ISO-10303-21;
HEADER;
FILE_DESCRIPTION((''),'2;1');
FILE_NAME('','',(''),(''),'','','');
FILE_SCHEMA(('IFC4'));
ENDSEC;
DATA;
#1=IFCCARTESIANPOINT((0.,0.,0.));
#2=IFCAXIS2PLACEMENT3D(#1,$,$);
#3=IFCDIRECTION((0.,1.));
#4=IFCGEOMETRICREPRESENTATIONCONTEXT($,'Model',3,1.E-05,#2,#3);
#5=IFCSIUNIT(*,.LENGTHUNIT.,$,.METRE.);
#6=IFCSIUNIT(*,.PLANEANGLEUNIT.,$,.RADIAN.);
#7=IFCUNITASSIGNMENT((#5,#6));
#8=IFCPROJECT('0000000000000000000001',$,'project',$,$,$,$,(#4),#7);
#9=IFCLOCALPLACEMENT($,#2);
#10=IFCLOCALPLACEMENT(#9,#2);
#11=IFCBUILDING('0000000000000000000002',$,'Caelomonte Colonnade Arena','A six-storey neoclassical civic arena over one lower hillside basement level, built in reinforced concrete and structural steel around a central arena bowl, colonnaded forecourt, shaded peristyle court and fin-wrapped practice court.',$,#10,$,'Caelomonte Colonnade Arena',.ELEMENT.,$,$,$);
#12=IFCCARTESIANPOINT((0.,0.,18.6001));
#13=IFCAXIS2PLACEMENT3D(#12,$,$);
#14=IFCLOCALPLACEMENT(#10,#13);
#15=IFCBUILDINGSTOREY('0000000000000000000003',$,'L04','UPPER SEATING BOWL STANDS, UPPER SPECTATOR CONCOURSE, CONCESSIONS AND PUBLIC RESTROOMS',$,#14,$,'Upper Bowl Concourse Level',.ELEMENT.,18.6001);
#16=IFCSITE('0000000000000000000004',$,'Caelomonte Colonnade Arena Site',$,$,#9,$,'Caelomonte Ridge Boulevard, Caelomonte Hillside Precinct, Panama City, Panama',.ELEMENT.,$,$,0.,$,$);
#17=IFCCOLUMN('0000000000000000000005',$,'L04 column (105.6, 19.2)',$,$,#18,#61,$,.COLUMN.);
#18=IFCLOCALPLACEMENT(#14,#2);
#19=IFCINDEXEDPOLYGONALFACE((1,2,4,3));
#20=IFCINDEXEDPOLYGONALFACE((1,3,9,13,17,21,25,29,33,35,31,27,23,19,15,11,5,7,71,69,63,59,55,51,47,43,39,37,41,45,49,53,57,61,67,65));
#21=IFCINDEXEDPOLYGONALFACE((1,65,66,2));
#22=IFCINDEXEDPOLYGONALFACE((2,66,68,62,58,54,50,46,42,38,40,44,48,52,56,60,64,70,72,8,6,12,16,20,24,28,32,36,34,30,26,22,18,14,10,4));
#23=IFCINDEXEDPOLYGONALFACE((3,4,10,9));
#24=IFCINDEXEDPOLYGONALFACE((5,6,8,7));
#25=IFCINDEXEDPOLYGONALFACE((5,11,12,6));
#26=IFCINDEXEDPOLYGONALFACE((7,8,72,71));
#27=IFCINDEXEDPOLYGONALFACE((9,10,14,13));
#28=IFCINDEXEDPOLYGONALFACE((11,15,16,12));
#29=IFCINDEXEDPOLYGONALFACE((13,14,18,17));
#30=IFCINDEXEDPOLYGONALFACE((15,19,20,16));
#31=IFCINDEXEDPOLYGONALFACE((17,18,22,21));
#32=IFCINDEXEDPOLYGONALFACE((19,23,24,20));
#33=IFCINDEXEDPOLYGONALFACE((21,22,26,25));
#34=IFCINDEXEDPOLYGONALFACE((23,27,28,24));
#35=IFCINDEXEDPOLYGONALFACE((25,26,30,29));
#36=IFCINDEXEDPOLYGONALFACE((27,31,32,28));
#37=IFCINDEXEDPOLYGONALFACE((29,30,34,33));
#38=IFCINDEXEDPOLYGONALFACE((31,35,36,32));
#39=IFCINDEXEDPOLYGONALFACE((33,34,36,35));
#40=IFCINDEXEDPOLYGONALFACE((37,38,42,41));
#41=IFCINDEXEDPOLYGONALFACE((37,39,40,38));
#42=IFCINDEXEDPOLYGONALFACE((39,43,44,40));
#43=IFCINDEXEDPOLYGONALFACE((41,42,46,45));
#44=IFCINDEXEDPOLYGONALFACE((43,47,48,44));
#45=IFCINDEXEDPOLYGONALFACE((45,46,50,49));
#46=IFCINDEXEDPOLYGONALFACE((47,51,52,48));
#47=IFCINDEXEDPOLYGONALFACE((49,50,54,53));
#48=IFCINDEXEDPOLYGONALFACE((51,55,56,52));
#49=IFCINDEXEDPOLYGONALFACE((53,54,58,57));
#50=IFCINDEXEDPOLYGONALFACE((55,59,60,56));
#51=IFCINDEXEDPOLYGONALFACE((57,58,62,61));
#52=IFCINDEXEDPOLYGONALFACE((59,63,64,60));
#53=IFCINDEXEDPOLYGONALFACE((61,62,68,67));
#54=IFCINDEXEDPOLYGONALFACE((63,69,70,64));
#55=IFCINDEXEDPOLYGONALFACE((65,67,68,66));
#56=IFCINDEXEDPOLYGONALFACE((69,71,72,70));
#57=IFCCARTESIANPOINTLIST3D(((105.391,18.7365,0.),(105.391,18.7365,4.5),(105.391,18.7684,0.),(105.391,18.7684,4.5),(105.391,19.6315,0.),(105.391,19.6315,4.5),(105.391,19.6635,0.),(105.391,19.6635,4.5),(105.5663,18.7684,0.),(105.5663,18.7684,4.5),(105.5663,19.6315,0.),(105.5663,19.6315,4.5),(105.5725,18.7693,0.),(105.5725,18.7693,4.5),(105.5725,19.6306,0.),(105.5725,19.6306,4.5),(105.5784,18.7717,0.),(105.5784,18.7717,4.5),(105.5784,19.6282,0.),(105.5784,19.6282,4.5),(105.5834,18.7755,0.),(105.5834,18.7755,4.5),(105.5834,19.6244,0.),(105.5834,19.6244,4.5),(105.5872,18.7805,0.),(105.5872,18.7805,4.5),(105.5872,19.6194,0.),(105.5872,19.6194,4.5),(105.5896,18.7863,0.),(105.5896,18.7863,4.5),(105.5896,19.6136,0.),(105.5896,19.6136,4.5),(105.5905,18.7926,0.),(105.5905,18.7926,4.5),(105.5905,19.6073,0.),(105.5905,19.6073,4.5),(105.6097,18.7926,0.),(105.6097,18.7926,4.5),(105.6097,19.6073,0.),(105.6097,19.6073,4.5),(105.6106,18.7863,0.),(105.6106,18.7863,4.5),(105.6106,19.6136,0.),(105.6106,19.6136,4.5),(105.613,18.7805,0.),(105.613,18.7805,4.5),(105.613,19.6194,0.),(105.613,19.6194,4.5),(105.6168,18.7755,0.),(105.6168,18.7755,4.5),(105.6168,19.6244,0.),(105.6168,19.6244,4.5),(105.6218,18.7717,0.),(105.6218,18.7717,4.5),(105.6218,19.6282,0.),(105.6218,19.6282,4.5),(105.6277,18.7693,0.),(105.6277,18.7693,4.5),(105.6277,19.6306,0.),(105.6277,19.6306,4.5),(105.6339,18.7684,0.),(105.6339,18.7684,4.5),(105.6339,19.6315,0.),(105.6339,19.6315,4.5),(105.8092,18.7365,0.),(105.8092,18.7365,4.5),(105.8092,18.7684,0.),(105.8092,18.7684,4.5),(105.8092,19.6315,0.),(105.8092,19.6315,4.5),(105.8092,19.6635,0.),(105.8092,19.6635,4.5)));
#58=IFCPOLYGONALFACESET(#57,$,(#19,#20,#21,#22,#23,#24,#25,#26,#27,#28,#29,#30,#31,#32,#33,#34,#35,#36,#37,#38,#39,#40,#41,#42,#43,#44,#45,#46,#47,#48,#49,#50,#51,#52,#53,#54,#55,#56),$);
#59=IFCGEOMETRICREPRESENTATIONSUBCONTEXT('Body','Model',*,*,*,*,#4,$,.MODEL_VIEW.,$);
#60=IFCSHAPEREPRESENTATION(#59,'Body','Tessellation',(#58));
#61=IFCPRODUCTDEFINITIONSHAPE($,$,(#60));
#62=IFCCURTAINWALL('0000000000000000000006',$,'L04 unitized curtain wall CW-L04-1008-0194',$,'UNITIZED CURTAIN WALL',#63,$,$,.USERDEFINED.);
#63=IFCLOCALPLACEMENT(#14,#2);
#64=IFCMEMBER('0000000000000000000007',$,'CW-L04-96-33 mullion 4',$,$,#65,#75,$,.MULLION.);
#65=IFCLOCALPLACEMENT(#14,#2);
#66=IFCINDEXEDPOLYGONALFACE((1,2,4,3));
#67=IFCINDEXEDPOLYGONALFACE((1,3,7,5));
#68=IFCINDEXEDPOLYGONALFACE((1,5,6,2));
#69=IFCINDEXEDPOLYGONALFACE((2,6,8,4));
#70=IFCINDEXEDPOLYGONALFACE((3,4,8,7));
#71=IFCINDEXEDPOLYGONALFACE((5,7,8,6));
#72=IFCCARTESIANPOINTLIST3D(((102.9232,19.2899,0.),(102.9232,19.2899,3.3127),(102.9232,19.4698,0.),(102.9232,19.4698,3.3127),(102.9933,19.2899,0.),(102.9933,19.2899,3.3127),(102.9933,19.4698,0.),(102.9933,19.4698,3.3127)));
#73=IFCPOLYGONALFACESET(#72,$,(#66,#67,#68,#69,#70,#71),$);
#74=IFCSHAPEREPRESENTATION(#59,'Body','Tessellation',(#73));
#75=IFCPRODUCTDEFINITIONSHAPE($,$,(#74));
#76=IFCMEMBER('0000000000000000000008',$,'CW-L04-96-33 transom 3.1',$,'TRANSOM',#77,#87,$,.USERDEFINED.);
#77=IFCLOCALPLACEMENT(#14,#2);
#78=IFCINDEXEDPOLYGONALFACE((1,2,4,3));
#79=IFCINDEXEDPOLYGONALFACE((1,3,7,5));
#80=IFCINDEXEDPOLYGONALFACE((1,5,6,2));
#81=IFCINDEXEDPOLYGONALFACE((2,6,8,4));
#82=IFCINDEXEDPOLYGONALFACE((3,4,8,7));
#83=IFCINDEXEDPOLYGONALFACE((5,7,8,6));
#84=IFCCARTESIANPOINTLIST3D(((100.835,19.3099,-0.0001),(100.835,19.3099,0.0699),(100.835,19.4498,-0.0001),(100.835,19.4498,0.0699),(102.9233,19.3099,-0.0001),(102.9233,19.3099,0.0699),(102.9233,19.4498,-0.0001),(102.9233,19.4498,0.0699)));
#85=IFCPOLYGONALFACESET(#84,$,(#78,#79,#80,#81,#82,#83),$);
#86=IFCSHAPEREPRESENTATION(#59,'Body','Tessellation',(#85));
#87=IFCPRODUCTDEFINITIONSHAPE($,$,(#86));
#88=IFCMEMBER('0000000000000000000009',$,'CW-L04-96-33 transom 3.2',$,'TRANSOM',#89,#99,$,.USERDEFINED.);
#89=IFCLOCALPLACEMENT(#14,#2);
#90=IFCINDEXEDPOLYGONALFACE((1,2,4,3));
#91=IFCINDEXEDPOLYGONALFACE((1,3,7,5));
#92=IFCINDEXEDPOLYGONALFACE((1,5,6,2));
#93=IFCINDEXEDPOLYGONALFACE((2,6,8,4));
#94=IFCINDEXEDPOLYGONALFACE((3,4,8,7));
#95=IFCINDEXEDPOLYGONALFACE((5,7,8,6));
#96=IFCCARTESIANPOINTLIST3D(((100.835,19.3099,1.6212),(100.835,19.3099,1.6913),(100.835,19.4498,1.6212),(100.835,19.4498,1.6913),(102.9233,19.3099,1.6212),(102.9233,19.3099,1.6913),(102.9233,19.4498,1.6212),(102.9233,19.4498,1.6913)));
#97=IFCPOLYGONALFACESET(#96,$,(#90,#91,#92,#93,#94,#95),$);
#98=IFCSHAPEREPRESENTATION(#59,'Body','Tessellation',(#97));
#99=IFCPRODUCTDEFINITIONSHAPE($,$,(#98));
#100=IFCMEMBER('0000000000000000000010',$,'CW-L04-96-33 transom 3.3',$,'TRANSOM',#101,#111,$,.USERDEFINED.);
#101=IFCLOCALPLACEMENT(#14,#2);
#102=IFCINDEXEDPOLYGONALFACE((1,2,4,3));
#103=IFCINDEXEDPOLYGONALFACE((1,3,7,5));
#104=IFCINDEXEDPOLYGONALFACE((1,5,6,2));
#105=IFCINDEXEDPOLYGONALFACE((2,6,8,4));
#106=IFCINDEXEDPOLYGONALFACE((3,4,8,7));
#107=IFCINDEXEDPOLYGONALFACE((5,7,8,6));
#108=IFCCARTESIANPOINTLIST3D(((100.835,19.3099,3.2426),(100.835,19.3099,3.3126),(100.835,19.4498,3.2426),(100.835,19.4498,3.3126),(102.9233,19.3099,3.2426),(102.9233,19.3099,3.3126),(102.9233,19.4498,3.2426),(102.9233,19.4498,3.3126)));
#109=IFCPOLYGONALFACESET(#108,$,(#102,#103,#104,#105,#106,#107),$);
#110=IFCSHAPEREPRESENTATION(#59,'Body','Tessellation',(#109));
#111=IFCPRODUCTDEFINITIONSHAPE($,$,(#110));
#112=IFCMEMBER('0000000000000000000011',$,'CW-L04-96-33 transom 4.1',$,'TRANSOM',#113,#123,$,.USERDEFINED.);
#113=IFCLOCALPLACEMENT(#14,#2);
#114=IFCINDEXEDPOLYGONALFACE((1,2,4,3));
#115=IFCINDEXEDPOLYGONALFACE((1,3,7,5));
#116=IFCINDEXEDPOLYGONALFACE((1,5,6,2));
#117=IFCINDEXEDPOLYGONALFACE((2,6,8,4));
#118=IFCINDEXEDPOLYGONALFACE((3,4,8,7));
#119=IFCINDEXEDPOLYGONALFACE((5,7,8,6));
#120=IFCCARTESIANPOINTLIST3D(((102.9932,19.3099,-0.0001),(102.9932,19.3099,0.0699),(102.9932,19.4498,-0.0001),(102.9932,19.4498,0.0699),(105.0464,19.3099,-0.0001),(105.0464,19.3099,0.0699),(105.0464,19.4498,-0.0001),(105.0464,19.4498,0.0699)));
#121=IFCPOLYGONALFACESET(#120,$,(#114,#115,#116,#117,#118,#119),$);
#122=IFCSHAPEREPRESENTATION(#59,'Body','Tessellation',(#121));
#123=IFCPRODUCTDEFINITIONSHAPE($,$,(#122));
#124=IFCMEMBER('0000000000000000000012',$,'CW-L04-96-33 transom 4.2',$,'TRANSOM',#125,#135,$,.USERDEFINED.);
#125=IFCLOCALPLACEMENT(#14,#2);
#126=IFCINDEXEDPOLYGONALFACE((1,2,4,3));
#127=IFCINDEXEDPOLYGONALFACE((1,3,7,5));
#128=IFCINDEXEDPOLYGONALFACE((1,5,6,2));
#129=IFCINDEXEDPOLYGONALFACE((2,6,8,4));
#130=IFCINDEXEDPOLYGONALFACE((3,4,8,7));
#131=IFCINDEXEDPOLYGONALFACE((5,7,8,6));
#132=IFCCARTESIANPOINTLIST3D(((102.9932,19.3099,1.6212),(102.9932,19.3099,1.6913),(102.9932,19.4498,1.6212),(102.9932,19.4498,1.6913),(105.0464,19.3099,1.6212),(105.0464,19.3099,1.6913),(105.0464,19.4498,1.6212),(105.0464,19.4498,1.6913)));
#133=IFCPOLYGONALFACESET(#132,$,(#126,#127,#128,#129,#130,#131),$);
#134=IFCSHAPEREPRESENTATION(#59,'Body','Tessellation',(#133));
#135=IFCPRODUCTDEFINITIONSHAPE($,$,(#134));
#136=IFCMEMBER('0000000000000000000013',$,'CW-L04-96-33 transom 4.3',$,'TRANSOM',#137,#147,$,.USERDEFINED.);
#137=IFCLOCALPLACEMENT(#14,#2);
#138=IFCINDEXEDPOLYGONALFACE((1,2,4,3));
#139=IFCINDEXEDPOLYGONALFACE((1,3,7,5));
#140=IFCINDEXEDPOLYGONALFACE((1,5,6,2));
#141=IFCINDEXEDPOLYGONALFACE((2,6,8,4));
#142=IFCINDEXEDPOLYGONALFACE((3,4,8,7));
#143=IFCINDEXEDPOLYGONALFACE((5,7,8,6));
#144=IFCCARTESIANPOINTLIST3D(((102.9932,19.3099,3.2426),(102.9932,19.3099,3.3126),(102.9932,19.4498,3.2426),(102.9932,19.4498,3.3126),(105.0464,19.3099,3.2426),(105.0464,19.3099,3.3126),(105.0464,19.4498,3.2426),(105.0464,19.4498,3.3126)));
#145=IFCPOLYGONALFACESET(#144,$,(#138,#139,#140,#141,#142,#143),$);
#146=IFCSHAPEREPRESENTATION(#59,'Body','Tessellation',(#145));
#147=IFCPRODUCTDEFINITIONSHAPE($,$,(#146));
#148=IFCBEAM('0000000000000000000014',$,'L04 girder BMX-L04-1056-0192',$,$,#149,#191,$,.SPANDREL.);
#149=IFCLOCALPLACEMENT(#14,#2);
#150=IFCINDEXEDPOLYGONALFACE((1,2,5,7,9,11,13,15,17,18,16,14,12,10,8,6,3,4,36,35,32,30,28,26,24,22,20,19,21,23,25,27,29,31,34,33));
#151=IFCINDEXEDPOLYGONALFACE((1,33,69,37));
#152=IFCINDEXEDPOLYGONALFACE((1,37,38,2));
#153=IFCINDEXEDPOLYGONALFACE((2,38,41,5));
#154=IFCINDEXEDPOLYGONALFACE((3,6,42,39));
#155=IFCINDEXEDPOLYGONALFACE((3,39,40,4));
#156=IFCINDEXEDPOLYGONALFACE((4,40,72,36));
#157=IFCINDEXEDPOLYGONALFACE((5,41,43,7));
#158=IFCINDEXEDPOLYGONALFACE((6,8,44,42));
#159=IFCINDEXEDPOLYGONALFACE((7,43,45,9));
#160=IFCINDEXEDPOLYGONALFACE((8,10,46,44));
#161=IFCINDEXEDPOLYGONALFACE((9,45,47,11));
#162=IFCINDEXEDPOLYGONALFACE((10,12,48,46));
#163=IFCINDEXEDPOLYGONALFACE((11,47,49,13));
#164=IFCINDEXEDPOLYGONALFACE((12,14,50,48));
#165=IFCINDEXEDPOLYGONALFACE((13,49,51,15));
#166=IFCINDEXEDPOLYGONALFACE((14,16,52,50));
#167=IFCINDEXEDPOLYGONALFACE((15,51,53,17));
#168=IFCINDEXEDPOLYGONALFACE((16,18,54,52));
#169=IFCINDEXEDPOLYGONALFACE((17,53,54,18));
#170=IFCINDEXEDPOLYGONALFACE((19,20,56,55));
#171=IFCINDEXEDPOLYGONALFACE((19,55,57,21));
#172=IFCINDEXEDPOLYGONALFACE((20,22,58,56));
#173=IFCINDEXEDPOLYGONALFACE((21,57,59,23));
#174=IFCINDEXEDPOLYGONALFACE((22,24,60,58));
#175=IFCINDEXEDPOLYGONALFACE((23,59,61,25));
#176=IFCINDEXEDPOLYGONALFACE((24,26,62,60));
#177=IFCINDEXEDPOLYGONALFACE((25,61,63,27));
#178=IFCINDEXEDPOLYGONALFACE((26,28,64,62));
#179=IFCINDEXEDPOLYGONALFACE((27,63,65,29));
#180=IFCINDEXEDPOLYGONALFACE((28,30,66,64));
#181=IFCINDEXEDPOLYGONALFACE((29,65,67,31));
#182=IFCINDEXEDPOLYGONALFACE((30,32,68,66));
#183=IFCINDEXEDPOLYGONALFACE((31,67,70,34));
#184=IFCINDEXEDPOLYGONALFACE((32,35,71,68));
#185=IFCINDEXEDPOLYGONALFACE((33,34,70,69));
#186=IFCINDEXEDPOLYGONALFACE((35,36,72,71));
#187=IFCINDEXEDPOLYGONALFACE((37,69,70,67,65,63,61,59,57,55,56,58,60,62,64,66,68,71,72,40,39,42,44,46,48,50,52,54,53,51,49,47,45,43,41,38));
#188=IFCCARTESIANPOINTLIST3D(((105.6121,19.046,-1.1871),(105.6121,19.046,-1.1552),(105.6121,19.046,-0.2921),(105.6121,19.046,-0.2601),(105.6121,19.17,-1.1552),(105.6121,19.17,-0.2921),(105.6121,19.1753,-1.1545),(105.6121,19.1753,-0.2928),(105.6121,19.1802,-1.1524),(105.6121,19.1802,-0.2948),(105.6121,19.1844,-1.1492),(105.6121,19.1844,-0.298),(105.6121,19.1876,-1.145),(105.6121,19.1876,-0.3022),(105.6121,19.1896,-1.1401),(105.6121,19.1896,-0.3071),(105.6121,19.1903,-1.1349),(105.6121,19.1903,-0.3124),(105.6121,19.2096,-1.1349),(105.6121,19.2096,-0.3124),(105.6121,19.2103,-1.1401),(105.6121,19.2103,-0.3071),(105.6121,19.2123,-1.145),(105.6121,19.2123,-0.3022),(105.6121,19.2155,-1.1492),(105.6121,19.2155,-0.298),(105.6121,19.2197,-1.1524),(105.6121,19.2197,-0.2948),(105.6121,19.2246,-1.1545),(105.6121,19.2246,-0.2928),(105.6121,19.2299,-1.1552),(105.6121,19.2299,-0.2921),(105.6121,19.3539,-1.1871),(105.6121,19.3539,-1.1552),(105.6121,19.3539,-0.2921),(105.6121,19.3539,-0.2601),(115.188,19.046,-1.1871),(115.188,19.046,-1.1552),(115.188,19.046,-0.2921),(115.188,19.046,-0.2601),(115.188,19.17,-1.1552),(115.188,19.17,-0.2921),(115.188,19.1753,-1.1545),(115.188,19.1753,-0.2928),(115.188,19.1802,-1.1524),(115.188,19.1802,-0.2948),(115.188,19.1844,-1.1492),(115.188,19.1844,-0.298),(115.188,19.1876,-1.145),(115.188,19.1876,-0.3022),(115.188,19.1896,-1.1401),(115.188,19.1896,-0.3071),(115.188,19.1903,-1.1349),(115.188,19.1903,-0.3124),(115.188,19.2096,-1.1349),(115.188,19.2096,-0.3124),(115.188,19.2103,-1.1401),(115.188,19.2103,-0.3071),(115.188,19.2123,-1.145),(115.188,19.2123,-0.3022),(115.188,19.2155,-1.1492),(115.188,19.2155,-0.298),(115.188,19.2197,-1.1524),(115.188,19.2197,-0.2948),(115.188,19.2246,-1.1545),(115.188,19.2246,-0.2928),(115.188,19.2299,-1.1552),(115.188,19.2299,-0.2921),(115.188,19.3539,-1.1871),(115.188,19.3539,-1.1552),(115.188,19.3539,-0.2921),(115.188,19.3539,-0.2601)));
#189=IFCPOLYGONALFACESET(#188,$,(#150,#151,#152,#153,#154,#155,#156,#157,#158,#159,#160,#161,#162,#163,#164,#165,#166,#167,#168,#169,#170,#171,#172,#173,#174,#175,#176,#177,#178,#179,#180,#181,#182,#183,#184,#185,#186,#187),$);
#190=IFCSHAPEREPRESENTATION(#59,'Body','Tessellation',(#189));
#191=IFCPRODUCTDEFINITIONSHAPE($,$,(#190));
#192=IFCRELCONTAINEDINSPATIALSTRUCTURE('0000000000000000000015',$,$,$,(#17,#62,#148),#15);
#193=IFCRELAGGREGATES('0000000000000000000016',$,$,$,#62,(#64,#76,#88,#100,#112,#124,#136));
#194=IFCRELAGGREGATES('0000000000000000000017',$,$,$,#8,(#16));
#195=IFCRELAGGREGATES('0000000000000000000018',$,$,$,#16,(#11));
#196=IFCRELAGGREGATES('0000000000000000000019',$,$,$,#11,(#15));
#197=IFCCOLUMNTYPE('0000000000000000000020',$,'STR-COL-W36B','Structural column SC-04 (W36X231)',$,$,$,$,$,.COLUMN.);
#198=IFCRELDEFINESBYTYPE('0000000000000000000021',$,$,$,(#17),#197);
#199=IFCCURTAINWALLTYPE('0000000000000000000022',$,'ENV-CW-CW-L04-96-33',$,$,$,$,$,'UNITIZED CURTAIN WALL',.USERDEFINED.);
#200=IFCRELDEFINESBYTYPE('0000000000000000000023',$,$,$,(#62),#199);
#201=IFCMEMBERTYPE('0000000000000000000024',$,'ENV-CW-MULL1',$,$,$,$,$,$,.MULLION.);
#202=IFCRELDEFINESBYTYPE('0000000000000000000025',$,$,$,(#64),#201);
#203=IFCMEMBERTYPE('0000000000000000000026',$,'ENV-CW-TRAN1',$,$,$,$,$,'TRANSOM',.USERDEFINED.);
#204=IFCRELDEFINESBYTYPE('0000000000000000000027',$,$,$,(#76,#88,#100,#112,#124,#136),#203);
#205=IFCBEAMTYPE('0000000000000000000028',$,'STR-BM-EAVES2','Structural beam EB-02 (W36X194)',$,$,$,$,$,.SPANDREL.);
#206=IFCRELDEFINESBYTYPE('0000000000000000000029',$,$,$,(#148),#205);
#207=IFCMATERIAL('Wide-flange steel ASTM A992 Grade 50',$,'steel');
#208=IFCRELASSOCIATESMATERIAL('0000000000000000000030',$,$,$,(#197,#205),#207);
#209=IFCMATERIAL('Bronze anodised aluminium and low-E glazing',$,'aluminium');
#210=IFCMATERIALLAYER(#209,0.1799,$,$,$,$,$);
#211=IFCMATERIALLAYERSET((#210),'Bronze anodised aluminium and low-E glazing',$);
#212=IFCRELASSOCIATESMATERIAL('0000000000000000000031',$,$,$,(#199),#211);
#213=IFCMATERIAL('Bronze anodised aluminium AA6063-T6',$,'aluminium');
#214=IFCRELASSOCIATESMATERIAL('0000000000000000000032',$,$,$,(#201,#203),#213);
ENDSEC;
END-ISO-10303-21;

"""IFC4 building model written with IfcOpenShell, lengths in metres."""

from ifc_helpers import new_model, si_unit, direction, frame, origin, origin_2d, place, context, subcontext, project, spatial, rectangle, i_section, extrude, material, layer, layer_set, material_profile, profile_set, type_object, element, aggregate, save


model = new_model("IFC4")

# Units and contexts
model_context = context("Model", 3, precision=1e-05, world=origin(), true_north=direction((0.0, 1.0)))
body_context = subcontext(model_context, "Body", "Model", "MODEL_VIEW")
ifc_project = project(units=[si_unit("LENGTHUNIT", "METRE"), si_unit("PLANEANGLEUNIT", "RADIAN")], contexts=[model_context])

# Site, building, storey
site_placement = place(None, origin())
site = spatial("IfcSite", under=ifc_project, at=site_placement, Name="Caelomonte Colonnade Arena Site", LongName="Caelomonte Ridge Boulevard, Caelomonte Hillside Precinct, Panama City, Panama", CompositionType="ELEMENT", RefElevation=0.0)
building_placement = place(site_placement, origin())
building = spatial("IfcBuilding", under=site, at=building_placement, Name="Caelomonte Colonnade Arena", Description="A six-storey neoclassical civic arena over one lower hillside basement level, built in reinforced concrete and structural steel around a central arena bowl, colonnaded forecourt, shaded peristyle court and fin-wrapped practice court.", LongName="Caelomonte Colonnade Arena", CompositionType="ELEMENT")
storey_placement = place(building_placement, frame((0.0, 0.0, 18.6001)))
storey = spatial("IfcBuildingStorey", under=building, at=storey_placement, Name="L04", Description="UPPER SEATING BOWL STANDS, UPPER SPECTATOR CONCOURSE, CONCESSIONS AND PUBLIC RESTROOMS", LongName="Upper Bowl Concourse Level", CompositionType="ELEMENT", Elevation=18.6001)

# Column
ifc_material_1 = material(Name="Wide-flange steel ASTM A992 Grade 50", Category="steel")
ifc_material_profile_1 = material_profile(ifc_material_1, i_section(OverallWidth=0.4182, OverallDepth=0.927, WebThickness=0.0193, FlangeThickness=0.032, FilletRadius=0.0242, at=origin_2d()), Name="W36X231")
ifc_profile_set_1 = profile_set([ifc_material_profile_1], Name="Wide-flange steel ASTM A992 Grade 50")
column_type = type_object("IfcColumnType", Name="STR-COL-W36B", Description="Structural column SC-04 (W36X231)", PredefinedType="COLUMN", material=ifc_profile_set_1)
column_placement = place(storey_placement, frame((105.6001, 19.2, 0.0), z_axis=(0.0, 0.0, 1.0), x_axis=(1.0, 0.0, 0.0)))
element("IfcColumn", 1, at=column_placement, inside=storey, type_object=column_type, Name="L04 column (105.6, 19.2)", PredefinedType="COLUMN", context=body_context, shape_type="SweptSolid", body=[
    extrude(i_section(OverallWidth=0.4182, OverallDepth=0.927, WebThickness=0.0193, FlangeThickness=0.032, FilletRadius=0.0242, at=origin_2d()), origin(), (0.0, 0.0, 1.0), 4.5),
])

# Curtain wall, members
ifc_material_2 = material(Name="Bronze anodised aluminium and low-E glazing", Category="aluminium")
ifc_layer_1 = layer(ifc_material_2, 0.1799)
ifc_layer_set_1 = layer_set([ifc_layer_1], Name="Bronze anodised aluminium and low-E glazing")
curtain_wall_type = type_object("IfcCurtainWallType", Name="ENV-CW-CW-L04-96-33", ElementType="UNITIZED CURTAIN WALL", PredefinedType="USERDEFINED", material=ifc_layer_set_1)
curtain_wall_placement = place(storey_placement, origin())
curtain_wall = element("IfcCurtainWall", 2, at=curtain_wall_placement, inside=storey, type_object=curtain_wall_type, Name="L04 unitized curtain wall CW-L04-1008-0194", ObjectType="UNITIZED CURTAIN WALL", PredefinedType="USERDEFINED")
ifc_material_3 = material(Name="Bronze anodised aluminium AA6063-T6", Category="aluminium")
ifc_material_profile_2 = material_profile(ifc_material_3, rectangle(XDim=0.0701, YDim=0.1799, at=origin_2d()), Name="CWM-70X180")
ifc_profile_set_2 = profile_set([ifc_material_profile_2], Name="Bronze anodised aluminium AA6063-T6")
member_type_1 = type_object("IfcMemberType", Name="ENV-CW-MULL1", PredefinedType="MULLION", material=ifc_profile_set_2)
member_1_placement = place(storey_placement, frame((102.9583, 19.3799, 0.0), z_axis=(0.0, 0.0, 1.0), x_axis=(1.0, 0.0, 0.0)))
member_1 = element("IfcMember", 3, at=member_1_placement, type_object=member_type_1, Name="CW-L04-96-33 mullion 4", PredefinedType="MULLION", context=body_context, shape_type="SweptSolid", body=[
    extrude(rectangle(XDim=0.0701, YDim=0.1799, at=origin_2d()), origin(), (0.0, 0.0, 1.0), 3.3127),
])
ifc_material_profile_3 = material_profile(ifc_material_3, rectangle(XDim=0.0701, YDim=0.1399, at=origin_2d()), Name="CWT-70X140")
ifc_profile_set_3 = profile_set([ifc_material_profile_3], Name="Bronze anodised aluminium AA6063-T6")
member_type_2 = type_object("IfcMemberType", Name="ENV-CW-TRAN1", ElementType="TRANSOM", PredefinedType="USERDEFINED", material=ifc_profile_set_3)
member_2_placement = place(storey_placement, frame((100.835, 19.3799, 0.0349), z_axis=(1.0, 0.0, 0.0), x_axis=(0.0, 0.0, 1.0)))
member_2 = element("IfcMember", 4, at=member_2_placement, type_object=member_type_2, Name="CW-L04-96-33 transom 3.1", ObjectType="TRANSOM", PredefinedType="USERDEFINED", context=body_context, shape_type="SweptSolid", body=[
    extrude(rectangle(XDim=0.0701, YDim=0.1399, at=origin_2d()), origin(), (0.0, 0.0, 1.0), 2.0884),
])
member_3_placement = place(storey_placement, frame((100.835, 19.3799, 1.6562), z_axis=(1.0, 0.0, 0.0), x_axis=(0.0, 0.0, 1.0)))
member_3 = element("IfcMember", 5, at=member_3_placement, type_object=member_type_2, Name="CW-L04-96-33 transom 3.2", ObjectType="TRANSOM", PredefinedType="USERDEFINED", context=body_context, shape_type="SweptSolid", body=[
    extrude(rectangle(XDim=0.0701, YDim=0.1399, at=origin_2d()), origin(), (0.0, 0.0, 1.0), 2.0884),
])
member_4_placement = place(storey_placement, frame((100.835, 19.3799, 3.2776), z_axis=(1.0, 0.0, 0.0), x_axis=(0.0, 0.0, 1.0)))
member_4 = element("IfcMember", 6, at=member_4_placement, type_object=member_type_2, Name="CW-L04-96-33 transom 3.3", ObjectType="TRANSOM", PredefinedType="USERDEFINED", context=body_context, shape_type="SweptSolid", body=[
    extrude(rectangle(XDim=0.0701, YDim=0.1399, at=origin_2d()), origin(), (0.0, 0.0, 1.0), 2.0884),
])
member_5_placement = place(storey_placement, frame((102.9932, 19.3799, 0.0349), z_axis=(1.0, 0.0, 0.0), x_axis=(0.0, 0.0, 1.0)))
member_5 = element("IfcMember", 7, at=member_5_placement, type_object=member_type_2, Name="CW-L04-96-33 transom 4.1", ObjectType="TRANSOM", PredefinedType="USERDEFINED", context=body_context, shape_type="SweptSolid", body=[
    extrude(rectangle(XDim=0.0701, YDim=0.1399, at=origin_2d()), origin(), (0.0, 0.0, 1.0), 2.0532),
])
member_6_placement = place(storey_placement, frame((102.9932, 19.3799, 1.6562), z_axis=(1.0, 0.0, 0.0), x_axis=(0.0, 0.0, 1.0)))
member_6 = element("IfcMember", 8, at=member_6_placement, type_object=member_type_2, Name="CW-L04-96-33 transom 4.2", ObjectType="TRANSOM", PredefinedType="USERDEFINED", context=body_context, shape_type="SweptSolid", body=[
    extrude(rectangle(XDim=0.0701, YDim=0.1399, at=origin_2d()), origin(), (0.0, 0.0, 1.0), 2.0532),
])
member_7_placement = place(storey_placement, frame((102.9932, 19.3799, 3.2776), z_axis=(1.0, 0.0, 0.0), x_axis=(0.0, 0.0, 1.0)))
member_7 = element("IfcMember", 9, at=member_7_placement, type_object=member_type_2, Name="CW-L04-96-33 transom 4.3", ObjectType="TRANSOM", PredefinedType="USERDEFINED", context=body_context, shape_type="SweptSolid", body=[
    extrude(rectangle(XDim=0.0701, YDim=0.1399, at=origin_2d()), origin(), (0.0, 0.0, 1.0), 2.0532),
])

# Beam
ifc_material_profile_4 = material_profile(ifc_material_1, i_section(OverallWidth=0.3079, OverallDepth=0.927, WebThickness=0.0193, FlangeThickness=0.032, FilletRadius=0.0203, at=origin_2d()), Name="W36X194")
ifc_profile_set_4 = profile_set([ifc_material_profile_4], Name="Wide-flange steel ASTM A992 Grade 50")
beam_type_1 = type_object("IfcBeamType", Name="STR-BM-EAVES2", Description="Structural beam EB-02 (W36X194)", PredefinedType="SPANDREL", material=ifc_profile_set_4)
beam_1_placement = place(storey_placement, frame((105.6121, 19.2, -0.7236), z_axis=(1.0, 0.0, 0.0), x_axis=(0.0, 1.0, 0.0)))
element("IfcBeam", 10, at=beam_1_placement, inside=storey, type_object=beam_type_1, Name="L04 girder BMX-L04-1056-0192", PredefinedType="SPANDREL", context=body_context, shape_type="SweptSolid", body=[
    extrude(i_section(OverallWidth=0.3079, OverallDepth=0.927, WebThickness=0.0193, FlangeThickness=0.032, FilletRadius=0.0203, at=origin_2d()), origin(), (0.0, 0.0, 1.0), 9.5759),
])

aggregate(curtain_wall, [member_1, member_2, member_3, member_4, member_5, member_6, member_7])

save(model, "model.ifc")
